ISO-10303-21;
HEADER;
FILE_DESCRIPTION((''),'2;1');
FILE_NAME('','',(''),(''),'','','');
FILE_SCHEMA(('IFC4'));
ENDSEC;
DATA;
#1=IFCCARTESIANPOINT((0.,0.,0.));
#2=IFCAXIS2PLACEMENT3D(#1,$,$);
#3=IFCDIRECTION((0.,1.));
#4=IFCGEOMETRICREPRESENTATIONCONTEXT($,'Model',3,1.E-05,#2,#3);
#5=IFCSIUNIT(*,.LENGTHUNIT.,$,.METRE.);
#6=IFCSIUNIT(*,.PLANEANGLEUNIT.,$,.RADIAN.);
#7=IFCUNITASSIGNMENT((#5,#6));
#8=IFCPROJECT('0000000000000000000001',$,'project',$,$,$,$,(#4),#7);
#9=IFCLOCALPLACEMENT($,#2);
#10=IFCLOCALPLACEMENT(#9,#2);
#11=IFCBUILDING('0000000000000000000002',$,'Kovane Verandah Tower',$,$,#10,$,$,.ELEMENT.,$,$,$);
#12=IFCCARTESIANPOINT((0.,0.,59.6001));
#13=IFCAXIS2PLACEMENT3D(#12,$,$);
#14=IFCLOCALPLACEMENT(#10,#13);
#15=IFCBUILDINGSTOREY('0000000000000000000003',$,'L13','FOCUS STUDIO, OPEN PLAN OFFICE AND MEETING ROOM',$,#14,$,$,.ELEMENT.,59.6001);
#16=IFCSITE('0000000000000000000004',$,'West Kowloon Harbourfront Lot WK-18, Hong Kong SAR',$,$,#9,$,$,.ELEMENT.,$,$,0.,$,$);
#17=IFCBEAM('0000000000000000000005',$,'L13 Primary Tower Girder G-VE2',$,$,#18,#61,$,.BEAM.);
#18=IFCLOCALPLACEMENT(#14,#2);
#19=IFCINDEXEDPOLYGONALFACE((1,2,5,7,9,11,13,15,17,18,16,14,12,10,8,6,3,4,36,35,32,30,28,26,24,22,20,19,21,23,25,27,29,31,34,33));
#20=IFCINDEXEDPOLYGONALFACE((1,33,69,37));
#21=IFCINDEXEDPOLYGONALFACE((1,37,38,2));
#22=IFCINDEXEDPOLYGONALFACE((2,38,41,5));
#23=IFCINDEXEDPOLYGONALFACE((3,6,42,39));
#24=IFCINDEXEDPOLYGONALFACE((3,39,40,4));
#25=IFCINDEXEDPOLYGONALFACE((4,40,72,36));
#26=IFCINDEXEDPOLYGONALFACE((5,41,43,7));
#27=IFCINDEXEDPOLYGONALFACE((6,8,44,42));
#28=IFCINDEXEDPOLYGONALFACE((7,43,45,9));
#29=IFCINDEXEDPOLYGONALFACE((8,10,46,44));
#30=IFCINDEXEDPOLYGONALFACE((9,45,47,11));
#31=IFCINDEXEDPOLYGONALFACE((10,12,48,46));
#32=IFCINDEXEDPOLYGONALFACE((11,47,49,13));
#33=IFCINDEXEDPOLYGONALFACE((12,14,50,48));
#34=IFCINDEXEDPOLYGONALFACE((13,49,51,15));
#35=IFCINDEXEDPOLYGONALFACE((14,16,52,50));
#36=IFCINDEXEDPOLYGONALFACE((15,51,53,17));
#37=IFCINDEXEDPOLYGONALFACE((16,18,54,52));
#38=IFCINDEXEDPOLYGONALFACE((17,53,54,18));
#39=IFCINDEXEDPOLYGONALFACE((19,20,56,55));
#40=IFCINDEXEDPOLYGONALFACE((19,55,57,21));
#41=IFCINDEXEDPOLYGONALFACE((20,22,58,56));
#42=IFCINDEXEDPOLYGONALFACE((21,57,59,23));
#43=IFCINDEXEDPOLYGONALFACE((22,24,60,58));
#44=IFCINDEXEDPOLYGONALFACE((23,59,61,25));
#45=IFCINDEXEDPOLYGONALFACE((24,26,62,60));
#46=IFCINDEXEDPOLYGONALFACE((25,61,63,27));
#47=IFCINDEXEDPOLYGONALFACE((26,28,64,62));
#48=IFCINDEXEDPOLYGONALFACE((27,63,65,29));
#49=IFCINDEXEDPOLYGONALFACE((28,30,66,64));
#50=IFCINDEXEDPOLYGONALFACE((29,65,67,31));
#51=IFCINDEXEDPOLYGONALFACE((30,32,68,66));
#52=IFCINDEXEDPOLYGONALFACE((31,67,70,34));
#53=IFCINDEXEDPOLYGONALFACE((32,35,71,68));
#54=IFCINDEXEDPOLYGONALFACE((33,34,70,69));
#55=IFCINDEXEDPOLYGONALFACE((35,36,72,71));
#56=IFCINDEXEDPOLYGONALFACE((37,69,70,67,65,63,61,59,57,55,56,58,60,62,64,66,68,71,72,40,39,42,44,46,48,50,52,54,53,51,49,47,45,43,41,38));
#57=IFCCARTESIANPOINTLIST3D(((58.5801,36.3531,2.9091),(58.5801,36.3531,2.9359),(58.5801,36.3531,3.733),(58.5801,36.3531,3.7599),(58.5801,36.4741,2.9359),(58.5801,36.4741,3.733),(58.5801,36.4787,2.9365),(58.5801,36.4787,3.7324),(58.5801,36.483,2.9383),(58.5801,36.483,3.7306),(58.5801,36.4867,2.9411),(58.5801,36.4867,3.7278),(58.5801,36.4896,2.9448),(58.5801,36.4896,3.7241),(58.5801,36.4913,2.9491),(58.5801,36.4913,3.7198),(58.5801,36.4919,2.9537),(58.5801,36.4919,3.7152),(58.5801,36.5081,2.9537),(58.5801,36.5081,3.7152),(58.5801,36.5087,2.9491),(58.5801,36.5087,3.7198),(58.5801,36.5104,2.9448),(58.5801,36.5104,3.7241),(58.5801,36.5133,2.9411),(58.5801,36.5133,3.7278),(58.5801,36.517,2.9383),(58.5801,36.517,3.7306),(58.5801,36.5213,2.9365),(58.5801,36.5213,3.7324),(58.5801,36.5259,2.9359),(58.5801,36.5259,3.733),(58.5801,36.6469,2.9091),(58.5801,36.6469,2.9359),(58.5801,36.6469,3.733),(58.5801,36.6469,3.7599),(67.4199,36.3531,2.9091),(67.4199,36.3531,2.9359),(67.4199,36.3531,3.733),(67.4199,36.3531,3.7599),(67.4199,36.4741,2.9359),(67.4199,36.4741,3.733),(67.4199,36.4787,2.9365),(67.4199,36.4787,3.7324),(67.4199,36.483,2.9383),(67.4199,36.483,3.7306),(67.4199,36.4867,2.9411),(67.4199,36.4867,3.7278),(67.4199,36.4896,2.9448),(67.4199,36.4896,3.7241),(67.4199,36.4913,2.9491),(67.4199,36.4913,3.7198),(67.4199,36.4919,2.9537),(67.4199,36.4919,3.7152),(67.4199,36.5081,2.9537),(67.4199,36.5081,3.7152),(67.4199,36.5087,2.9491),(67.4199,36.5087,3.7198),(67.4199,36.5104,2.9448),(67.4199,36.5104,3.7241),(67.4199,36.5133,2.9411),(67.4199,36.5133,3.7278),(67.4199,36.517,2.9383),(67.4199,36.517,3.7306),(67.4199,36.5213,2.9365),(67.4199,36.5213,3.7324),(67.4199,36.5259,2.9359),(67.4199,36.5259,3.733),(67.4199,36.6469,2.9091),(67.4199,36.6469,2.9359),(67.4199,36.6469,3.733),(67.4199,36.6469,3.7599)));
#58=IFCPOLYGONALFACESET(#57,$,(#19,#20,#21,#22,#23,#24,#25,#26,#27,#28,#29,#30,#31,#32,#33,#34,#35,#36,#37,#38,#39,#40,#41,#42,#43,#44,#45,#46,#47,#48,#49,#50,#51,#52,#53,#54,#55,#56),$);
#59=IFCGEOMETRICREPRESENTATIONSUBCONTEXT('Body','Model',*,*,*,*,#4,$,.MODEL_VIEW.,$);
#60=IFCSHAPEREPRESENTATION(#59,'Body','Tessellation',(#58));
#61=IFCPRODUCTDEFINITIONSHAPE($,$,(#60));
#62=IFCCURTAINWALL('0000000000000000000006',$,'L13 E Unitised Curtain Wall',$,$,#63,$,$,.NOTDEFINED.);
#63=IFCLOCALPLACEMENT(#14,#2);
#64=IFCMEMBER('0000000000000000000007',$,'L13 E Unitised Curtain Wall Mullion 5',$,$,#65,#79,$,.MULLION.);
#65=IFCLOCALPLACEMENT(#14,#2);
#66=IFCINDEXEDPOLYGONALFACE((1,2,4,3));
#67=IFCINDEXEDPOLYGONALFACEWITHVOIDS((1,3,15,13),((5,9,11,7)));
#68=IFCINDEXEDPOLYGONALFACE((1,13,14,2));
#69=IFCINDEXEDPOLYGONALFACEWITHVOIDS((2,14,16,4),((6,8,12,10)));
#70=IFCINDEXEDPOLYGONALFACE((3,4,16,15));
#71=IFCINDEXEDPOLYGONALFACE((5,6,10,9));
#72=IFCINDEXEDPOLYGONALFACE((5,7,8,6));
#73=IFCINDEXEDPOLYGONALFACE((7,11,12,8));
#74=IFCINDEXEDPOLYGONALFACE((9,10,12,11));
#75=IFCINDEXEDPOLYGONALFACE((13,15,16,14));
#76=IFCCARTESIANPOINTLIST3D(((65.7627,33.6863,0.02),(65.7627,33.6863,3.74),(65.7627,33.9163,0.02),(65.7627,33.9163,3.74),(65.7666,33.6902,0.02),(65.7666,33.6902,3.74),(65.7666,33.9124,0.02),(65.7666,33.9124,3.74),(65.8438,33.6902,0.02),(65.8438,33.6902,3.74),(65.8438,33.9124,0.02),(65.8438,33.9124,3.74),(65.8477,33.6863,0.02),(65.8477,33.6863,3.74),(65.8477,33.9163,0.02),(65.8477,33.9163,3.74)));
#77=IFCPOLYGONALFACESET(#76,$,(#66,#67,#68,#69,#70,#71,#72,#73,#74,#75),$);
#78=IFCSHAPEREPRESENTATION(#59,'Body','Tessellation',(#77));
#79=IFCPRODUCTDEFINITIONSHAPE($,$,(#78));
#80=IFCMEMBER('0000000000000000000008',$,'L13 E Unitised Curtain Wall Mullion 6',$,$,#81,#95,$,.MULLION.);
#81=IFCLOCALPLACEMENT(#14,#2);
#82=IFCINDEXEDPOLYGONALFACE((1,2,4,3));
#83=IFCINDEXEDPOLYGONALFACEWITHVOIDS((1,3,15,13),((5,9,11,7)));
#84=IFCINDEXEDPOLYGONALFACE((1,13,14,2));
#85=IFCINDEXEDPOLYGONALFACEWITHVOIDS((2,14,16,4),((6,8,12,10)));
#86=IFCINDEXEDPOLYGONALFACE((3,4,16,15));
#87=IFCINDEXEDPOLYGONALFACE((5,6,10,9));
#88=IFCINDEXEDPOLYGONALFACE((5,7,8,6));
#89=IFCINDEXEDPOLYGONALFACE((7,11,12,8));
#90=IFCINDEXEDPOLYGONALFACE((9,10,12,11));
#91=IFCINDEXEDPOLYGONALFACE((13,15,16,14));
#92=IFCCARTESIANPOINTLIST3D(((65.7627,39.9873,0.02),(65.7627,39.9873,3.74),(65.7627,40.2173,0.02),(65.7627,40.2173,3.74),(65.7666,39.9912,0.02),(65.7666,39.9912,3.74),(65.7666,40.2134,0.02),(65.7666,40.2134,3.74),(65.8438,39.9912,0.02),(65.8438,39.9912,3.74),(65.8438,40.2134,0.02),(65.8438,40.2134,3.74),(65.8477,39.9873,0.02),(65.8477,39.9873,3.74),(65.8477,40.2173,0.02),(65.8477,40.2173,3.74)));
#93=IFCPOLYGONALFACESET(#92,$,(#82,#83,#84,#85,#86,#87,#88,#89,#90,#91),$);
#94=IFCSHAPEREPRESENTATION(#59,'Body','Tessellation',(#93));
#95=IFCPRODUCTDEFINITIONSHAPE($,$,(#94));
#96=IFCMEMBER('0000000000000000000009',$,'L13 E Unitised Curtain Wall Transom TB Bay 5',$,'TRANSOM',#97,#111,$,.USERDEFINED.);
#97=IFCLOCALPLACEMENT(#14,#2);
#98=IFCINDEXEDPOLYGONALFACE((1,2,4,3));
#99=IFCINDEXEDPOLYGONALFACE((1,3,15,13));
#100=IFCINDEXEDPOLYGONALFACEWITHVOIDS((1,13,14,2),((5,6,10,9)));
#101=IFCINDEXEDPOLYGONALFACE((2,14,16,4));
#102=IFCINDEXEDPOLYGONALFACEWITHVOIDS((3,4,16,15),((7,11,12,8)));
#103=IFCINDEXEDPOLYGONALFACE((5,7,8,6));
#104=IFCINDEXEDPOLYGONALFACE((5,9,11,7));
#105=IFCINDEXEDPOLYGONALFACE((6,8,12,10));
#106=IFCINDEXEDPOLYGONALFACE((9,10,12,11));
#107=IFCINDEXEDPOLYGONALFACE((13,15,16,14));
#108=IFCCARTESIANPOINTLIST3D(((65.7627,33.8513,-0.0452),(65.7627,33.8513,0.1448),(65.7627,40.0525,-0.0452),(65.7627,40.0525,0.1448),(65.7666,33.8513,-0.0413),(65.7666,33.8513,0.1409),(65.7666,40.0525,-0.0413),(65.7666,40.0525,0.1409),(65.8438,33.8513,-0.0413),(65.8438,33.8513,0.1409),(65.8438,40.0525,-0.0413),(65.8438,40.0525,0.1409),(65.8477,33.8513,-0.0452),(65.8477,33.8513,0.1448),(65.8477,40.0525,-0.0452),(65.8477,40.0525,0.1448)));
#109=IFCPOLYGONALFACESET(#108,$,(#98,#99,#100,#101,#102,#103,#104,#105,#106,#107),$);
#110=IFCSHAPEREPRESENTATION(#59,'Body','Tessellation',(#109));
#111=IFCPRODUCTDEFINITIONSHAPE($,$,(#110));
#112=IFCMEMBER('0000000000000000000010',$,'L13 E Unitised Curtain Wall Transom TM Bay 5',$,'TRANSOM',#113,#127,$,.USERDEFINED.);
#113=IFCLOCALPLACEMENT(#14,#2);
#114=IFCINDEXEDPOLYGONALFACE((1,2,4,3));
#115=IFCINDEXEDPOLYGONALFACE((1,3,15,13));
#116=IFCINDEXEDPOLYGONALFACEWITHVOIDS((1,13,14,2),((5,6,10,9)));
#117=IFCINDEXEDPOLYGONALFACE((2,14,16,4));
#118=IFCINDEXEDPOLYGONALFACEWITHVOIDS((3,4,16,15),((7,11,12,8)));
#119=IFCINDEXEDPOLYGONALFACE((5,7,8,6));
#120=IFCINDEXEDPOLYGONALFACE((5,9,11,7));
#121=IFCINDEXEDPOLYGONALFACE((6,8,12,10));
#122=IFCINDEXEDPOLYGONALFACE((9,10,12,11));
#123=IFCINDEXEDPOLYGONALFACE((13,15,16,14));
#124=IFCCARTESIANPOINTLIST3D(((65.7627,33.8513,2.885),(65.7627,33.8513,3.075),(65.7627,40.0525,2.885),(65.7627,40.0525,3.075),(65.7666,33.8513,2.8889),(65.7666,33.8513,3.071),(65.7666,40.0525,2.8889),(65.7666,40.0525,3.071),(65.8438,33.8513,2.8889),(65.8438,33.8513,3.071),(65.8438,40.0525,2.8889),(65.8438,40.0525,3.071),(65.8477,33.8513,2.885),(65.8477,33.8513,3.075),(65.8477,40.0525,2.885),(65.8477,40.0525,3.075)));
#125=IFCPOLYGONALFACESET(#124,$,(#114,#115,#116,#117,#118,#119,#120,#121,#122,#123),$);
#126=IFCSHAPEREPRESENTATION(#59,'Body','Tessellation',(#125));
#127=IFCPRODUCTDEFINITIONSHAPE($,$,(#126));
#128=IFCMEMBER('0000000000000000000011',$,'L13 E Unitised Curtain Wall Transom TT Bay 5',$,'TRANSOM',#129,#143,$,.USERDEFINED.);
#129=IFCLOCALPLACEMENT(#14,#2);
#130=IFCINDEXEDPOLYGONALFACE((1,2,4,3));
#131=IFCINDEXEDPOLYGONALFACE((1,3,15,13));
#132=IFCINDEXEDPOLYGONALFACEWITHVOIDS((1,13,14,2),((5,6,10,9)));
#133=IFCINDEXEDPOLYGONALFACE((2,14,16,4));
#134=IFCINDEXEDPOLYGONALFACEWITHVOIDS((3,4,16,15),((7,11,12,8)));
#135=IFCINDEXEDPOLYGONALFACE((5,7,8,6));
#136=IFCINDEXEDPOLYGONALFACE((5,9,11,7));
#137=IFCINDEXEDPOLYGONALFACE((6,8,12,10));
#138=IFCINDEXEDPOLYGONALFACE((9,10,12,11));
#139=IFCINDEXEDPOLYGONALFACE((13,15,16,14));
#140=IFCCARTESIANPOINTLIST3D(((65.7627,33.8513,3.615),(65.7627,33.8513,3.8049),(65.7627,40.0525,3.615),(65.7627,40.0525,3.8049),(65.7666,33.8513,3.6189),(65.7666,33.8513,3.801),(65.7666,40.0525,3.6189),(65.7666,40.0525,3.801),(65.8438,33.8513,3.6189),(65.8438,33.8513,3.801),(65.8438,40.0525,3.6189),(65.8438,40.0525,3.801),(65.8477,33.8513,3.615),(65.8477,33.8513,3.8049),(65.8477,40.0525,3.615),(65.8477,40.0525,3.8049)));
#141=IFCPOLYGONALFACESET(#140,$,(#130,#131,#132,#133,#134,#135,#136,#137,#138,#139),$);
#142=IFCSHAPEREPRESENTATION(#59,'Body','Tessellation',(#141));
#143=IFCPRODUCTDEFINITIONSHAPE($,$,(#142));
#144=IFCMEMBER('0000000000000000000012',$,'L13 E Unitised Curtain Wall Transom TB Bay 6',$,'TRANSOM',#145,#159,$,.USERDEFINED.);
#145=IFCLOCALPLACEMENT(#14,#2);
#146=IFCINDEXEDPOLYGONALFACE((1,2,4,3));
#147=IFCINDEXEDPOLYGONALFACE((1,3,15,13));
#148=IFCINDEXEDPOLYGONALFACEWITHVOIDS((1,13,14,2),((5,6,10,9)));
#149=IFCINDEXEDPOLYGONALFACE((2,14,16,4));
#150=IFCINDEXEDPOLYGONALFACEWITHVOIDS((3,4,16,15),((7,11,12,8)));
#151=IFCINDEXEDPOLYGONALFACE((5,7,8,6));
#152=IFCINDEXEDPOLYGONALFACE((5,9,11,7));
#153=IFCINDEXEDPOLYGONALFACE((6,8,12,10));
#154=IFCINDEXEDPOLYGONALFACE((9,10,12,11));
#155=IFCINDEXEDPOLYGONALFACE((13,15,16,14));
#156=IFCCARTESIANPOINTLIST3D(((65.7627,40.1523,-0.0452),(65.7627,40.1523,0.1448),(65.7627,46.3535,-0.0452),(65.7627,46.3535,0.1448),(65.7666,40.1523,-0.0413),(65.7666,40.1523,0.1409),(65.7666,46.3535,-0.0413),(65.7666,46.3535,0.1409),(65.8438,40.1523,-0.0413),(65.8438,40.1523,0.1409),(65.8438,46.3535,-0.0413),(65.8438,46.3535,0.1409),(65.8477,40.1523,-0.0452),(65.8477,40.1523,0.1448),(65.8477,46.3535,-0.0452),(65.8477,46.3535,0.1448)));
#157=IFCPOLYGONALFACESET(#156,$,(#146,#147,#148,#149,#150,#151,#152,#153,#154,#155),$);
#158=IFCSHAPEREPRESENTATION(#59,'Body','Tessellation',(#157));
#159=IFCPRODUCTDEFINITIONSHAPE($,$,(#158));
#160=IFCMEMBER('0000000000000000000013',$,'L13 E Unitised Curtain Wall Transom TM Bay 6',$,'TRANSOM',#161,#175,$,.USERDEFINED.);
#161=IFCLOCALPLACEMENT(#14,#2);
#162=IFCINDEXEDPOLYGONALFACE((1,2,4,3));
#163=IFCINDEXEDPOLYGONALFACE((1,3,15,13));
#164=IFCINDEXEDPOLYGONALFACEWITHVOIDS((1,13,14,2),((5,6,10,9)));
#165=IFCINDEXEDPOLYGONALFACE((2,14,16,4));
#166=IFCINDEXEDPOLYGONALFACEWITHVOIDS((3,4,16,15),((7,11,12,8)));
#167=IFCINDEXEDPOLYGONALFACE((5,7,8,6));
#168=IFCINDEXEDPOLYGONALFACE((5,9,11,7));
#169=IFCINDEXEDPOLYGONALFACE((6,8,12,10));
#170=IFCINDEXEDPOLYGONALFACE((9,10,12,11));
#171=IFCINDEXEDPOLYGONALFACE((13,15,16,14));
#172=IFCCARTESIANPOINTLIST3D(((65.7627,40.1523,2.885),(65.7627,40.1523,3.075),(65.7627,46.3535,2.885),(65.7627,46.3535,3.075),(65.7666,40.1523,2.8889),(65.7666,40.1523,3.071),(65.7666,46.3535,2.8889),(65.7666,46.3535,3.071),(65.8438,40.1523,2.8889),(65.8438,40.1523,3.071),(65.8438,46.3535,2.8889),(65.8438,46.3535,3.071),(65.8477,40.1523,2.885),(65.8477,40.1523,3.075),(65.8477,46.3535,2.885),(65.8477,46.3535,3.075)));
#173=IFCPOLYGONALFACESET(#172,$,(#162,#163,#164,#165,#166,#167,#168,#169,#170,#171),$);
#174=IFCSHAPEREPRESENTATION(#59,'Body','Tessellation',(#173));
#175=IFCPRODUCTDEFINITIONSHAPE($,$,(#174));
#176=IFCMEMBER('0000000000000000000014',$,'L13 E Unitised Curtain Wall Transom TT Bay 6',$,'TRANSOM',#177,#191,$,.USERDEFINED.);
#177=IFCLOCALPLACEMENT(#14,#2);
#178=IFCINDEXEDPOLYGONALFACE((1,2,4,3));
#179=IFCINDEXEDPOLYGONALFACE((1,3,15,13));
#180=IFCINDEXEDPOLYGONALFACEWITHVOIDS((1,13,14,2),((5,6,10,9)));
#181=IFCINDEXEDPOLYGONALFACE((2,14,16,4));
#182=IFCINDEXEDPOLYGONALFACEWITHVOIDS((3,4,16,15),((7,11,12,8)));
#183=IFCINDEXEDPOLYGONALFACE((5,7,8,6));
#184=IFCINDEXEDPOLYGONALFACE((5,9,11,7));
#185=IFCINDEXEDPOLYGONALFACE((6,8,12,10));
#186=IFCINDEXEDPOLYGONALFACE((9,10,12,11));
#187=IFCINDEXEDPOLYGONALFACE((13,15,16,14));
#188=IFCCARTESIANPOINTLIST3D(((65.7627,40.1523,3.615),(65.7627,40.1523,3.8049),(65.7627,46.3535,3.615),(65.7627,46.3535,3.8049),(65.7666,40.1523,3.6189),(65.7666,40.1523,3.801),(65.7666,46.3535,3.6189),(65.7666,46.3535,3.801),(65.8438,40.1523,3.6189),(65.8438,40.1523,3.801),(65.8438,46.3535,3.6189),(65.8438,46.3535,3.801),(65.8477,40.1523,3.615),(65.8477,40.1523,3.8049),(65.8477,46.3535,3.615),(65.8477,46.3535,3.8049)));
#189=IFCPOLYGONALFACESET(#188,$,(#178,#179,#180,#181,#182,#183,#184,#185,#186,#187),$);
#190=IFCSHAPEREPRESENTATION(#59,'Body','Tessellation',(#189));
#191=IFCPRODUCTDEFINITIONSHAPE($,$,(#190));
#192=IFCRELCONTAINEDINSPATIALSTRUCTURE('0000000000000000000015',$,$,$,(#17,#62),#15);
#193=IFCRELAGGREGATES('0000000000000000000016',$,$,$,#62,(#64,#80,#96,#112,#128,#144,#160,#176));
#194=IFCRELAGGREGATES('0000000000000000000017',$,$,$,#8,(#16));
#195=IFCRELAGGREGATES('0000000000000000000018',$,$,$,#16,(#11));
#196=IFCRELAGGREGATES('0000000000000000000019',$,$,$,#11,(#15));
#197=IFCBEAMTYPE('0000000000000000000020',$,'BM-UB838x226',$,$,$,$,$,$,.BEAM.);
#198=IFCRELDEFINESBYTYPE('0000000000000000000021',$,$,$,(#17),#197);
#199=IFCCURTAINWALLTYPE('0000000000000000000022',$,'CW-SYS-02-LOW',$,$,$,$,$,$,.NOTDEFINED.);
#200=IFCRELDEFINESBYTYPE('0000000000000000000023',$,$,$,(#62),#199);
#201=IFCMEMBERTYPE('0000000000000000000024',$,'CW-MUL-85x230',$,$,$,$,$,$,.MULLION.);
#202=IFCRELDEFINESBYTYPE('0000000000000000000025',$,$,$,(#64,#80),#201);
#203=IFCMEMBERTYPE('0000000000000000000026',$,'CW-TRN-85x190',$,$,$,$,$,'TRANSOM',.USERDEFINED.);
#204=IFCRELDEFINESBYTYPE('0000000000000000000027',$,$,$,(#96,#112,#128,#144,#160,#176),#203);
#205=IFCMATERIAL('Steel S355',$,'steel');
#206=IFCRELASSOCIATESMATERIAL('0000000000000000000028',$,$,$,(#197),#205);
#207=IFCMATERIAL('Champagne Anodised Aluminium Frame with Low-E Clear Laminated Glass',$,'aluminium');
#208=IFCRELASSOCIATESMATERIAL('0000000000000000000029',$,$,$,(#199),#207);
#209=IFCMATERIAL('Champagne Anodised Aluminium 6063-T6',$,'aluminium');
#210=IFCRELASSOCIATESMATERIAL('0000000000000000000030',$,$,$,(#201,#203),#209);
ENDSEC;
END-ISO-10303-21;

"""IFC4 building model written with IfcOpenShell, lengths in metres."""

from ifc_helpers import new_model, si_unit, direction, frame, origin, origin_2d, place, context, subcontext, project, spatial, hollow_rectangle, i_section, extrude, material, material_profile, profile_set, type_object, element, aggregate, save


model = new_model("IFC4")

# Units and contexts
model_context = context("Model", 3, precision=1e-05, world=origin(), true_north=direction((0.0, 1.0)))
body_context = subcontext(model_context, "Body", "Model", "MODEL_VIEW")
ifc_project = project(units=[si_unit("LENGTHUNIT", "METRE"), si_unit("PLANEANGLEUNIT", "RADIAN")], contexts=[model_context])

# Site, building, storey
site_placement = place(None, origin())
site = spatial("IfcSite", under=ifc_project, at=site_placement, Name="West Kowloon Harbourfront Lot WK-18, Hong Kong SAR", CompositionType="ELEMENT", RefElevation=0.0)
building_placement = place(site_placement, origin())
building = spatial("IfcBuilding", under=site, at=building_placement, Name="Kovane Verandah Tower", CompositionType="ELEMENT")
storey_placement = place(building_placement, frame((0.0, 0.0, 59.6001)))
storey = spatial("IfcBuildingStorey", under=building, at=storey_placement, Name="L13", Description="FOCUS STUDIO, OPEN PLAN OFFICE AND MEETING ROOM", CompositionType="ELEMENT", Elevation=59.6001)

# Beam
ifc_material_1 = material(Name="Steel S355", Category="steel")
ifc_material_profile_1 = material_profile(ifc_material_1, i_section(OverallWidth=0.2937, OverallDepth=0.8508, WebThickness=0.0161, FlangeThickness=0.0269, FilletRadius=0.0178, at=origin_2d()), Name="UB838x292x226")
ifc_profile_set_1 = profile_set([ifc_material_profile_1], Name="Steel S355")
beam_type_1 = type_object("IfcBeamType", Name="BM-UB838x226", PredefinedType="BEAM", material=ifc_profile_set_1)
beam_1_placement = place(storey_placement, frame((58.5801, 36.5, 3.3345), z_axis=(1.0, 0.0, 0.0), x_axis=(0.0, 1.0, 0.0)))
element("IfcBeam", 1, at=beam_1_placement, inside=storey, type_object=beam_type_1, Name="L13 Primary Tower Girder G-VE2", PredefinedType="BEAM", context=body_context, shape_type="SweptSolid", body=[
    extrude(i_section(OverallWidth=0.2937, OverallDepth=0.8508, WebThickness=0.0161, FlangeThickness=0.0269, FilletRadius=0.0178, at=origin_2d()), origin(), (0.0, 0.0, 1.0), 8.8398),
])

# Curtain wall, members
ifc_material_2 = material(Name="Champagne Anodised Aluminium Frame with Low-E Clear Laminated Glass", Category="aluminium")
curtain_wall_type = type_object("IfcCurtainWallType", Name="CW-SYS-02-LOW", PredefinedType="NOTDEFINED", material=ifc_material_2)
curtain_wall_placement = place(storey_placement, origin())
curtain_wall = element("IfcCurtainWall", 2, at=curtain_wall_placement, inside=storey, type_object=curtain_wall_type, Name="L13 E Unitised Curtain Wall", PredefinedType="NOTDEFINED")
ifc_material_3 = material(Name="Champagne Anodised Aluminium 6063-T6", Category="aluminium")
ifc_material_profile_2 = material_profile(ifc_material_3, hollow_rectangle(XDim=0.085, YDim=0.23, WallThickness=0.0039, at=origin_2d()), Name="AL85x230x4")
ifc_profile_set_2 = profile_set([ifc_material_profile_2], Name="Champagne Anodised Aluminium 6063-T6")
member_type_1 = type_object("IfcMemberType", Name="CW-MUL-85x230", PredefinedType="MULLION", material=ifc_profile_set_2)
member_1_placement = place(storey_placement, frame((65.8052, 33.8013, 0.02), z_axis=(0.0, 0.0, 1.0), x_axis=(1.0, 0.0, 0.0)))
member_1 = element("IfcMember", 3, at=member_1_placement, type_object=member_type_1, Name="L13 E Unitised Curtain Wall Mullion 5", PredefinedType="MULLION", context=body_context, shape_type="SweptSolid", body=[
    extrude(hollow_rectangle(XDim=0.085, YDim=0.23, WallThickness=0.0039, at=origin_2d()), origin(), (0.0, 0.0, 1.0), 3.72),
])
member_2_placement = place(storey_placement, frame((65.8052, 40.1023, 0.02), z_axis=(0.0, 0.0, 1.0), x_axis=(1.0, 0.0, 0.0)))
member_2 = element("IfcMember", 4, at=member_2_placement, type_object=member_type_1, Name="L13 E Unitised Curtain Wall Mullion 6", PredefinedType="MULLION", context=body_context, shape_type="SweptSolid", body=[
    extrude(hollow_rectangle(XDim=0.085, YDim=0.23, WallThickness=0.0039, at=origin_2d()), origin(), (0.0, 0.0, 1.0), 3.72),
])
ifc_material_profile_3 = material_profile(ifc_material_3, hollow_rectangle(XDim=0.085, YDim=0.1899, WallThickness=0.0039, at=origin_2d()), Name="AL85x190x4")
ifc_profile_set_3 = profile_set([ifc_material_profile_3], Name="Champagne Anodised Aluminium 6063-T6")
member_type_2 = type_object("IfcMemberType", Name="CW-TRN-85x190", ElementType="TRANSOM", PredefinedType="USERDEFINED", material=ifc_profile_set_3)
member_3_placement = place(storey_placement, frame((65.8052, 33.8513, 0.0498), z_axis=(0.0, 1.0, 0.0), x_axis=(-1.0, 0.0, 0.0)))
member_3 = element("IfcMember", 5, at=member_3_placement, type_object=member_type_2, Name="L13 E Unitised Curtain Wall Transom TB Bay 5", ObjectType="TRANSOM", PredefinedType="USERDEFINED", context=body_context, shape_type="SweptSolid", body=[
    extrude(hollow_rectangle(XDim=0.085, YDim=0.1899, WallThickness=0.0039, at=origin_2d()), origin(), (0.0, 0.0, 1.0), 6.2012),
])
member_4_placement = place(storey_placement, frame((65.8052, 33.8513, 2.98), z_axis=(0.0, 1.0, 0.0), x_axis=(-1.0, 0.0, 0.0)))
member_4 = element("IfcMember", 6, at=member_4_placement, type_object=member_type_2, Name="L13 E Unitised Curtain Wall Transom TM Bay 5", ObjectType="TRANSOM", PredefinedType="USERDEFINED", context=body_context, shape_type="SweptSolid", body=[
    extrude(hollow_rectangle(XDim=0.085, YDim=0.1899, WallThickness=0.0039, at=origin_2d()), origin(), (0.0, 0.0, 1.0), 6.2012),
])
member_5_placement = place(storey_placement, frame((65.8052, 33.8513, 3.71), z_axis=(0.0, 1.0, 0.0), x_axis=(-1.0, 0.0, 0.0)))
member_5 = element("IfcMember", 7, at=member_5_placement, type_object=member_type_2, Name="L13 E Unitised Curtain Wall Transom TT Bay 5", ObjectType="TRANSOM", PredefinedType="USERDEFINED", context=body_context, shape_type="SweptSolid", body=[
    extrude(hollow_rectangle(XDim=0.085, YDim=0.1899, WallThickness=0.0039, at=origin_2d()), origin(), (0.0, 0.0, 1.0), 6.2012),
])
member_6_placement = place(storey_placement, frame((65.8052, 40.1523, 0.0498), z_axis=(0.0, 1.0, 0.0), x_axis=(-1.0, 0.0, 0.0)))
member_6 = element("IfcMember", 8, at=member_6_placement, type_object=member_type_2, Name="L13 E Unitised Curtain Wall Transom TB Bay 6", ObjectType="TRANSOM", PredefinedType="USERDEFINED", context=body_context, shape_type="SweptSolid", body=[
    extrude(hollow_rectangle(XDim=0.085, YDim=0.1899, WallThickness=0.0039, at=origin_2d()), origin(), (0.0, 0.0, 1.0), 6.2012),
])
member_7_placement = place(storey_placement, frame((65.8052, 40.1523, 2.98), z_axis=(0.0, 1.0, 0.0), x_axis=(-1.0, 0.0, 0.0)))
member_7 = element("IfcMember", 9, at=member_7_placement, type_object=member_type_2, Name="L13 E Unitised Curtain Wall Transom TM Bay 6", ObjectType="TRANSOM", PredefinedType="USERDEFINED", context=body_context, shape_type="SweptSolid", body=[
    extrude(hollow_rectangle(XDim=0.085, YDim=0.1899, WallThickness=0.0039, at=origin_2d()), origin(), (0.0, 0.0, 1.0), 6.2012),
])
member_8_placement = place(storey_placement, frame((65.8052, 40.1523, 3.71), z_axis=(0.0, 1.0, 0.0), x_axis=(-1.0, 0.0, 0.0)))
member_8 = element("IfcMember", 10, at=member_8_placement, type_object=member_type_2, Name="L13 E Unitised Curtain Wall Transom TT Bay 6", ObjectType="TRANSOM", PredefinedType="USERDEFINED", context=body_context, shape_type="SweptSolid", body=[
    extrude(hollow_rectangle(XDim=0.085, YDim=0.1899, WallThickness=0.0039, at=origin_2d()), origin(), (0.0, 0.0, 1.0), 6.2012),
])

aggregate(curtain_wall, [member_1, member_2, member_3, member_4, member_5, member_6, member_7, member_8])

save(model, "model.ifc")
